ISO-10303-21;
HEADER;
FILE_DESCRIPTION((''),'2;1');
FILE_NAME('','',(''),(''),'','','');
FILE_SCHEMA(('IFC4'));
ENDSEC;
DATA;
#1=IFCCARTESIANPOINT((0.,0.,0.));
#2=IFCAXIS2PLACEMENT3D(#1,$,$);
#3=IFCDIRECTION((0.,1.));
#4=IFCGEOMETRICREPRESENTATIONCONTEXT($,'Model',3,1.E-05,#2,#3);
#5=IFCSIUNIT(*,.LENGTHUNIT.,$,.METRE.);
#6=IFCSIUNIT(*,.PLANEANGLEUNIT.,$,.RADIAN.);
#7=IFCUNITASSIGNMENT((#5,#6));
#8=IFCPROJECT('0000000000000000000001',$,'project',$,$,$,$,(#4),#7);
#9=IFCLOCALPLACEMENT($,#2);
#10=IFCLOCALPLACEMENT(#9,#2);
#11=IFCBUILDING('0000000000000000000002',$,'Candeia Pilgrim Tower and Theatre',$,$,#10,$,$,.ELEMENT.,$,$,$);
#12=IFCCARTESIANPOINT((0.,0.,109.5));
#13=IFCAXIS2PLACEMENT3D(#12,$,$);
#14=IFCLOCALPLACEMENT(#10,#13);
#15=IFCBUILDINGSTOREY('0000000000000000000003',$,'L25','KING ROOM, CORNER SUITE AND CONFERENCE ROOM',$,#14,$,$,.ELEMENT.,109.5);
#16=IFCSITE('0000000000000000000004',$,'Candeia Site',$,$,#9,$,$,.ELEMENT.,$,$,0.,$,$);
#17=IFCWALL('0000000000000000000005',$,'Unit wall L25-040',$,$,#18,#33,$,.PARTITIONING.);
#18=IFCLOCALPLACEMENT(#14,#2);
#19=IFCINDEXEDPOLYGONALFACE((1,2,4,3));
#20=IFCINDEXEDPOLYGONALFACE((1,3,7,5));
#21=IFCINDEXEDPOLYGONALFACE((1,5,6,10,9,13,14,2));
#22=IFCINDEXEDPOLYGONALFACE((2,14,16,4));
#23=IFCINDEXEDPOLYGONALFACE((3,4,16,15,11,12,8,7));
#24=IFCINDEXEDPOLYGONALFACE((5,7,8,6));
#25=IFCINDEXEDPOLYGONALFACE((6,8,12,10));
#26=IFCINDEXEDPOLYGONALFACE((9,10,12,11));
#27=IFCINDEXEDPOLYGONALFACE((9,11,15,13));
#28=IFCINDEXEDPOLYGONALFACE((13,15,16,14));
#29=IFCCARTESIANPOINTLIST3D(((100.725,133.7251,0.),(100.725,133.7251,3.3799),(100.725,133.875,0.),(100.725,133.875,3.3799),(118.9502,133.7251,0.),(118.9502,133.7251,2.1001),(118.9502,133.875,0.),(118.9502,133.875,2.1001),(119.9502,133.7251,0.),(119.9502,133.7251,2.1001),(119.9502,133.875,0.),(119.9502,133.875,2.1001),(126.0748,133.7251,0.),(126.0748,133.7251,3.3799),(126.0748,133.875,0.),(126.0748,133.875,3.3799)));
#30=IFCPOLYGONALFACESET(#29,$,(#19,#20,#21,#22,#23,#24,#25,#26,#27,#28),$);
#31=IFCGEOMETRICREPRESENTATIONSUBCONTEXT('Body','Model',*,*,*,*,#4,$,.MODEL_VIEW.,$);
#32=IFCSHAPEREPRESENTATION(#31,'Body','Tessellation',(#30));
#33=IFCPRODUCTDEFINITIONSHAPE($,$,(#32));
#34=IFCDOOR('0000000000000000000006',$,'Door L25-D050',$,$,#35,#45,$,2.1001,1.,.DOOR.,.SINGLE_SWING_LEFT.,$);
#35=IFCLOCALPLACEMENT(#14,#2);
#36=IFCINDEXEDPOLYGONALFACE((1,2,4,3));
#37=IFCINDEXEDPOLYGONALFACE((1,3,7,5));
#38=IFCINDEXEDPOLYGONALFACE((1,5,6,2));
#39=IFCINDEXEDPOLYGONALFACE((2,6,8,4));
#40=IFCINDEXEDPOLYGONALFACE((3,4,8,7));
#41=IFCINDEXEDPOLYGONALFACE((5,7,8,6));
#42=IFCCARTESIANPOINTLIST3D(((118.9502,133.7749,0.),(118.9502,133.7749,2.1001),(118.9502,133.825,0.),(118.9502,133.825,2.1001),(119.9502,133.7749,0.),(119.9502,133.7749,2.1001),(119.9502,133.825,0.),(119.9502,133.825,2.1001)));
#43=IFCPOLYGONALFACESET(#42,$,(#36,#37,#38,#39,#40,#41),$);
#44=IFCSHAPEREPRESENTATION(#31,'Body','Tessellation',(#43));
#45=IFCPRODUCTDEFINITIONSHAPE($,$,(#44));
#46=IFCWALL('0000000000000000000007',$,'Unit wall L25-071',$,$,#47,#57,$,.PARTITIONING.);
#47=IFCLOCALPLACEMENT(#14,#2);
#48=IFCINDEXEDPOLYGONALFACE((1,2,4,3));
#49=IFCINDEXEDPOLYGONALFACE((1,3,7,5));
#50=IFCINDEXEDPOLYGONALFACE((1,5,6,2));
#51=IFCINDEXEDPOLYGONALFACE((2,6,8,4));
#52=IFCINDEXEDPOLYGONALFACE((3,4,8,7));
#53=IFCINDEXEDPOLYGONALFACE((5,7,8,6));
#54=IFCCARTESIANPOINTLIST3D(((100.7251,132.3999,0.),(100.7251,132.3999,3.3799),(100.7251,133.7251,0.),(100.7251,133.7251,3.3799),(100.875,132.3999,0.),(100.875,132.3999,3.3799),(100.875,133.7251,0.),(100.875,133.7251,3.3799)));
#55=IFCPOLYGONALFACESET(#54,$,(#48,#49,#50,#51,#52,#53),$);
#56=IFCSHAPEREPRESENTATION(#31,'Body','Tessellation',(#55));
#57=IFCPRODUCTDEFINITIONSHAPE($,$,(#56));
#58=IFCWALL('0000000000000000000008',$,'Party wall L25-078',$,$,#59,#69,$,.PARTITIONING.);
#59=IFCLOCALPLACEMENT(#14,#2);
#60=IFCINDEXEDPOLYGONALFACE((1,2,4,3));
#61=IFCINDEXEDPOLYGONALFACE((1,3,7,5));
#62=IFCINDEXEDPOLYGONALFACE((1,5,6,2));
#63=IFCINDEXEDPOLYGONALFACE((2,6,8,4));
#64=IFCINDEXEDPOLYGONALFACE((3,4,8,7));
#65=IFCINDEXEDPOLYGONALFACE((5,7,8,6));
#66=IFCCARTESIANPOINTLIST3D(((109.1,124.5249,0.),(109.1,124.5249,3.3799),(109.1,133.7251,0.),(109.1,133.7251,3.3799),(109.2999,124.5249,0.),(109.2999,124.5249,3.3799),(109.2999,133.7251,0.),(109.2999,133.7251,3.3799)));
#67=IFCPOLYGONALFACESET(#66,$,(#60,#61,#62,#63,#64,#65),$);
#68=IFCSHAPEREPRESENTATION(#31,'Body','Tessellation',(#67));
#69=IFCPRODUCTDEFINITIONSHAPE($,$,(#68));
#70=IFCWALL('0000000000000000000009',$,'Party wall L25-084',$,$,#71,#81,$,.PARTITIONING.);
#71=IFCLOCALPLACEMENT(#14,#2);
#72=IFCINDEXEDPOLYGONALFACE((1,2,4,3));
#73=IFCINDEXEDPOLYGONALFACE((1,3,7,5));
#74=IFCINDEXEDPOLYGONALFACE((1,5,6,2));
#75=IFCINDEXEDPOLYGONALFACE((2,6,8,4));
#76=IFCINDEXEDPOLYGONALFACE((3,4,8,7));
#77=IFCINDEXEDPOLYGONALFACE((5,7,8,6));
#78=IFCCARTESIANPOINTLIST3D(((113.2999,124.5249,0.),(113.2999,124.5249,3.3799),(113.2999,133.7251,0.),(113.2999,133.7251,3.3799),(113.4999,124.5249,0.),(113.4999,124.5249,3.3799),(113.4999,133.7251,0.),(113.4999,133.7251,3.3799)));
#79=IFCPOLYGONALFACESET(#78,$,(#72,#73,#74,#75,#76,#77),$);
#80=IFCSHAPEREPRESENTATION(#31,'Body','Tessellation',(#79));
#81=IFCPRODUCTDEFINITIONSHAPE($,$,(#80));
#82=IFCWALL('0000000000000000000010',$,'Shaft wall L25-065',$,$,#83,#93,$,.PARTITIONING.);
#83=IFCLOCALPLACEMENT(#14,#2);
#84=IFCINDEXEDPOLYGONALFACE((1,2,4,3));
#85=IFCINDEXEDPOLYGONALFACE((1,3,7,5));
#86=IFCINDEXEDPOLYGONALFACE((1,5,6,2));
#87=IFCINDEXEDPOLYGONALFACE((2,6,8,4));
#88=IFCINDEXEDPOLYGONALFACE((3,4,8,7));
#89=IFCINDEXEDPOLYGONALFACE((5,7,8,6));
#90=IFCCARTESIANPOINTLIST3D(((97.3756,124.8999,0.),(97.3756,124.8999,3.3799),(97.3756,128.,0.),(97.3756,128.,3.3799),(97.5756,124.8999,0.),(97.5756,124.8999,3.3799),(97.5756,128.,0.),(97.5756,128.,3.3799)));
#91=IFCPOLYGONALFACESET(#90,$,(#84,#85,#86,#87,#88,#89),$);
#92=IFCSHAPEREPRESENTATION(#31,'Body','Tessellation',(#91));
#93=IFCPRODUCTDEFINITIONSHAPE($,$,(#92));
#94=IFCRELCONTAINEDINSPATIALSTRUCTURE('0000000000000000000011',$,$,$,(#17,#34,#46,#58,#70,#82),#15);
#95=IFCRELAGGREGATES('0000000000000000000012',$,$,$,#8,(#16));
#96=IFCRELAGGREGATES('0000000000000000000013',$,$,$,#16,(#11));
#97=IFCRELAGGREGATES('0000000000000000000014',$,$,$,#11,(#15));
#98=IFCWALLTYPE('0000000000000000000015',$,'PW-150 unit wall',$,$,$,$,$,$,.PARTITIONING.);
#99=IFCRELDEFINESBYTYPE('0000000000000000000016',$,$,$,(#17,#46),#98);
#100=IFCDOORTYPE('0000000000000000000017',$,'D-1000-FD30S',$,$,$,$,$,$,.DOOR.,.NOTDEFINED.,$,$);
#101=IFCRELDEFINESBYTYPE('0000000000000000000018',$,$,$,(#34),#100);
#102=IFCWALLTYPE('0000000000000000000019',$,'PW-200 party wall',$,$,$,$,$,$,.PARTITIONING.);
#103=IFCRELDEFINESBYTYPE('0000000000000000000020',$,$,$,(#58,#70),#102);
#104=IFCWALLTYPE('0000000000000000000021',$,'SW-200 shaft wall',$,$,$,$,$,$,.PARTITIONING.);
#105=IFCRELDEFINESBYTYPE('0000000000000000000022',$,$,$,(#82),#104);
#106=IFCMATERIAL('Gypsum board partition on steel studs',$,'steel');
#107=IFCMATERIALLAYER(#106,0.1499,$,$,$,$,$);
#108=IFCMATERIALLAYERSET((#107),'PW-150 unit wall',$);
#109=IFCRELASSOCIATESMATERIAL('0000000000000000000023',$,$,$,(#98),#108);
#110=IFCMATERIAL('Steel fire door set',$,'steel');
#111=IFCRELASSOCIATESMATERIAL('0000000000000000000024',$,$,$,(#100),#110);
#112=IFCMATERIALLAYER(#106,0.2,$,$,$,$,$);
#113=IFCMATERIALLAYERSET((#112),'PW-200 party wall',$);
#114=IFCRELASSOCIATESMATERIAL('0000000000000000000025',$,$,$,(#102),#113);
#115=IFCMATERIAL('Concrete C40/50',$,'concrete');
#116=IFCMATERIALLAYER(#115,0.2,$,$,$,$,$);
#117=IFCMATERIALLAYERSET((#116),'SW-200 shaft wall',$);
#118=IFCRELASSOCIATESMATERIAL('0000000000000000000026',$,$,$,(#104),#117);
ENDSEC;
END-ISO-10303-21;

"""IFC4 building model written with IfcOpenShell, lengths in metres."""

from ifc_helpers import new_model, si_unit, direction, frame, frame_2d, origin, place, context, subcontext, project, spatial, rectangle, extrude, material, layer, layer_set, type_object, element, fill, save


model = new_model("IFC4")

# Units and contexts
model_context = context("Model", 3, precision=1e-05, world=origin(), true_north=direction((0.0, 1.0)))
body_context = subcontext(model_context, "Body", "Model", "MODEL_VIEW")
ifc_project = project(units=[si_unit("LENGTHUNIT", "METRE"), si_unit("PLANEANGLEUNIT", "RADIAN")], contexts=[model_context])

# Site, building, storey
site_placement = place(None, origin())
site = spatial("IfcSite", under=ifc_project, at=site_placement, Name="Candeia Site", CompositionType="ELEMENT", RefElevation=0.0)
building_placement = place(site_placement, origin())
building = spatial("IfcBuilding", under=site, at=building_placement, Name="Candeia Pilgrim Tower and Theatre", CompositionType="ELEMENT")
storey_placement = place(building_placement, frame((0.0, 0.0, 109.5)))
storey = spatial("IfcBuildingStorey", under=building, at=storey_placement, Name="L25", Description="KING ROOM, CORNER SUITE AND CONFERENCE ROOM", CompositionType="ELEMENT", Elevation=109.5)

# Shared definitions
ifc_material_1 = material(Name="Steel fire door set", Category="steel")

# Shared definitions
ifc_material_2 = material(Name="Gypsum board partition on steel studs", Category="steel")
ifc_layer_1 = layer(ifc_material_2, 0.1499)
ifc_layer_set_1 = layer_set([ifc_layer_1], Name="PW-150 unit wall")
wall_type_1 = type_object("IfcWallType", Name="PW-150 unit wall", PredefinedType="PARTITIONING", material=ifc_layer_set_1)

# Shared definitions
door_type_1 = type_object("IfcDoorType", Name="D-1000-FD30S", OperationType="NOTDEFINED", PredefinedType="DOOR", material=ifc_material_1)

# Wall, opening, door
wall_1_placement = place(storey_placement, frame((100.7251, 133.8, 0.0), z_axis=(0.0, 0.0, 1.0), x_axis=(1.0, 0.0, 0.0)))
wall_1 = element("IfcWall", 1, at=wall_1_placement, inside=storey, type_object=wall_type_1, Name="Unit wall L25-040", PredefinedType="PARTITIONING", context=body_context, shape_type="SweptSolid", body=[
    extrude(rectangle(XDim=25.3499, YDim=0.1499, at=frame_2d((12.6748, 0.0))), origin(), (0.0, 0.0, 1.0), 3.3799),
])
opening_1_placement = place(wall_1_placement, frame((18.2251, 0.0, 0.0)))
opening_1 = element("IfcOpeningElement", 2, at=opening_1_placement, cuts=wall_1, PredefinedType="OPENING", context=body_context, shape_type="SweptSolid", body=[
    extrude(rectangle(XDim=1.0, YDim=2.1001, at=frame_2d((0.5, 1.05))), frame((0.0, 0.085, 0.0), z_axis=(0.0, -1.0, 0.0), x_axis=(1.0, 0.0, 0.0)), (0.0, 0.0, 1.0), 0.1699),
])
door_1_placement = place(opening_1_placement, origin())
door_1 = element("IfcDoor", 3, at=door_1_placement, inside=storey, type_object=door_type_1, Name="Door L25-D050", OperationType="SINGLE_SWING_LEFT", OverallHeight=2.1001, OverallWidth=1.0, PredefinedType="DOOR", context=body_context, shape_type="SweptSolid", body=[
    extrude(rectangle(XDim=1.0, YDim=2.1001, at=frame_2d((0.5, 1.05))), frame((0.0, 0.0249, 0.0), z_axis=(0.0, -1.0, 0.0), x_axis=(1.0, 0.0, 0.0)), (0.0, 0.0, 1.0), 0.05),
])
fill(opening_1, door_1)

# Walls
wall_2_placement = place(storey_placement, frame((100.8, 132.3999, 0.0), z_axis=(0.0, 0.0, 1.0), x_axis=(0.0, 1.0, 0.0)))
element("IfcWall", 4, at=wall_2_placement, inside=storey, type_object=wall_type_1, Name="Unit wall L25-071", PredefinedType="PARTITIONING", context=body_context, shape_type="SweptSolid", body=[
    extrude(rectangle(XDim=1.3252, YDim=0.1499, at=frame_2d((0.6626, 0.0))), origin(), (0.0, 0.0, 1.0), 3.3799),
])
ifc_layer_2 = layer(ifc_material_2, 0.2)
ifc_layer_set_2 = layer_set([ifc_layer_2], Name="PW-200 party wall")
wall_type_2 = type_object("IfcWallType", Name="PW-200 party wall", PredefinedType="PARTITIONING", material=ifc_layer_set_2)
for number, where, z_axis, x_axis, name in (
    (5, (109.2, 124.5249, 0.0), (0.0, 0.0, 1.0), (0.0, 1.0, 0.0), "Party wall L25-078"),
    (6, (113.3999, 124.5249, 0.0), (0.0, 0.0, 1.0), (0.0, 1.0, 0.0), "Party wall L25-084"),
):
    element("IfcWall", number, at=place(storey_placement, frame(where, z_axis=z_axis, x_axis=x_axis)), inside=storey, type_object=wall_type_2, Name=name, PredefinedType="PARTITIONING", context=body_context, shape_type="SweptSolid", body=[
        extrude(rectangle(XDim=9.2002, YDim=0.2, at=frame_2d((4.6001, 0.0))), origin(), (0.0, 0.0, 1.0), 3.3799),
    ])
ifc_material_3 = material(Name="Concrete C40/50", Category="concrete")
ifc_layer_3 = layer(ifc_material_3, 0.2)
ifc_layer_set_3 = layer_set([ifc_layer_3], Name="SW-200 shaft wall")
wall_type_3 = type_object("IfcWallType", Name="SW-200 shaft wall", PredefinedType="PARTITIONING", material=ifc_layer_set_3)
wall_3_placement = place(storey_placement, frame((97.4756, 124.8999, 0.0), z_axis=(0.0, 0.0, 1.0), x_axis=(0.0, 1.0, 0.0)))
element("IfcWall", 7, at=wall_3_placement, inside=storey, type_object=wall_type_3, Name="Shaft wall L25-065", PredefinedType="PARTITIONING", context=body_context, shape_type="SweptSolid", body=[
    extrude(rectangle(XDim=3.1001, YDim=0.2, at=frame_2d((1.55, 0.0))), origin(), (0.0, 0.0, 1.0), 3.3799),
])

save(model, "model.ifc")
